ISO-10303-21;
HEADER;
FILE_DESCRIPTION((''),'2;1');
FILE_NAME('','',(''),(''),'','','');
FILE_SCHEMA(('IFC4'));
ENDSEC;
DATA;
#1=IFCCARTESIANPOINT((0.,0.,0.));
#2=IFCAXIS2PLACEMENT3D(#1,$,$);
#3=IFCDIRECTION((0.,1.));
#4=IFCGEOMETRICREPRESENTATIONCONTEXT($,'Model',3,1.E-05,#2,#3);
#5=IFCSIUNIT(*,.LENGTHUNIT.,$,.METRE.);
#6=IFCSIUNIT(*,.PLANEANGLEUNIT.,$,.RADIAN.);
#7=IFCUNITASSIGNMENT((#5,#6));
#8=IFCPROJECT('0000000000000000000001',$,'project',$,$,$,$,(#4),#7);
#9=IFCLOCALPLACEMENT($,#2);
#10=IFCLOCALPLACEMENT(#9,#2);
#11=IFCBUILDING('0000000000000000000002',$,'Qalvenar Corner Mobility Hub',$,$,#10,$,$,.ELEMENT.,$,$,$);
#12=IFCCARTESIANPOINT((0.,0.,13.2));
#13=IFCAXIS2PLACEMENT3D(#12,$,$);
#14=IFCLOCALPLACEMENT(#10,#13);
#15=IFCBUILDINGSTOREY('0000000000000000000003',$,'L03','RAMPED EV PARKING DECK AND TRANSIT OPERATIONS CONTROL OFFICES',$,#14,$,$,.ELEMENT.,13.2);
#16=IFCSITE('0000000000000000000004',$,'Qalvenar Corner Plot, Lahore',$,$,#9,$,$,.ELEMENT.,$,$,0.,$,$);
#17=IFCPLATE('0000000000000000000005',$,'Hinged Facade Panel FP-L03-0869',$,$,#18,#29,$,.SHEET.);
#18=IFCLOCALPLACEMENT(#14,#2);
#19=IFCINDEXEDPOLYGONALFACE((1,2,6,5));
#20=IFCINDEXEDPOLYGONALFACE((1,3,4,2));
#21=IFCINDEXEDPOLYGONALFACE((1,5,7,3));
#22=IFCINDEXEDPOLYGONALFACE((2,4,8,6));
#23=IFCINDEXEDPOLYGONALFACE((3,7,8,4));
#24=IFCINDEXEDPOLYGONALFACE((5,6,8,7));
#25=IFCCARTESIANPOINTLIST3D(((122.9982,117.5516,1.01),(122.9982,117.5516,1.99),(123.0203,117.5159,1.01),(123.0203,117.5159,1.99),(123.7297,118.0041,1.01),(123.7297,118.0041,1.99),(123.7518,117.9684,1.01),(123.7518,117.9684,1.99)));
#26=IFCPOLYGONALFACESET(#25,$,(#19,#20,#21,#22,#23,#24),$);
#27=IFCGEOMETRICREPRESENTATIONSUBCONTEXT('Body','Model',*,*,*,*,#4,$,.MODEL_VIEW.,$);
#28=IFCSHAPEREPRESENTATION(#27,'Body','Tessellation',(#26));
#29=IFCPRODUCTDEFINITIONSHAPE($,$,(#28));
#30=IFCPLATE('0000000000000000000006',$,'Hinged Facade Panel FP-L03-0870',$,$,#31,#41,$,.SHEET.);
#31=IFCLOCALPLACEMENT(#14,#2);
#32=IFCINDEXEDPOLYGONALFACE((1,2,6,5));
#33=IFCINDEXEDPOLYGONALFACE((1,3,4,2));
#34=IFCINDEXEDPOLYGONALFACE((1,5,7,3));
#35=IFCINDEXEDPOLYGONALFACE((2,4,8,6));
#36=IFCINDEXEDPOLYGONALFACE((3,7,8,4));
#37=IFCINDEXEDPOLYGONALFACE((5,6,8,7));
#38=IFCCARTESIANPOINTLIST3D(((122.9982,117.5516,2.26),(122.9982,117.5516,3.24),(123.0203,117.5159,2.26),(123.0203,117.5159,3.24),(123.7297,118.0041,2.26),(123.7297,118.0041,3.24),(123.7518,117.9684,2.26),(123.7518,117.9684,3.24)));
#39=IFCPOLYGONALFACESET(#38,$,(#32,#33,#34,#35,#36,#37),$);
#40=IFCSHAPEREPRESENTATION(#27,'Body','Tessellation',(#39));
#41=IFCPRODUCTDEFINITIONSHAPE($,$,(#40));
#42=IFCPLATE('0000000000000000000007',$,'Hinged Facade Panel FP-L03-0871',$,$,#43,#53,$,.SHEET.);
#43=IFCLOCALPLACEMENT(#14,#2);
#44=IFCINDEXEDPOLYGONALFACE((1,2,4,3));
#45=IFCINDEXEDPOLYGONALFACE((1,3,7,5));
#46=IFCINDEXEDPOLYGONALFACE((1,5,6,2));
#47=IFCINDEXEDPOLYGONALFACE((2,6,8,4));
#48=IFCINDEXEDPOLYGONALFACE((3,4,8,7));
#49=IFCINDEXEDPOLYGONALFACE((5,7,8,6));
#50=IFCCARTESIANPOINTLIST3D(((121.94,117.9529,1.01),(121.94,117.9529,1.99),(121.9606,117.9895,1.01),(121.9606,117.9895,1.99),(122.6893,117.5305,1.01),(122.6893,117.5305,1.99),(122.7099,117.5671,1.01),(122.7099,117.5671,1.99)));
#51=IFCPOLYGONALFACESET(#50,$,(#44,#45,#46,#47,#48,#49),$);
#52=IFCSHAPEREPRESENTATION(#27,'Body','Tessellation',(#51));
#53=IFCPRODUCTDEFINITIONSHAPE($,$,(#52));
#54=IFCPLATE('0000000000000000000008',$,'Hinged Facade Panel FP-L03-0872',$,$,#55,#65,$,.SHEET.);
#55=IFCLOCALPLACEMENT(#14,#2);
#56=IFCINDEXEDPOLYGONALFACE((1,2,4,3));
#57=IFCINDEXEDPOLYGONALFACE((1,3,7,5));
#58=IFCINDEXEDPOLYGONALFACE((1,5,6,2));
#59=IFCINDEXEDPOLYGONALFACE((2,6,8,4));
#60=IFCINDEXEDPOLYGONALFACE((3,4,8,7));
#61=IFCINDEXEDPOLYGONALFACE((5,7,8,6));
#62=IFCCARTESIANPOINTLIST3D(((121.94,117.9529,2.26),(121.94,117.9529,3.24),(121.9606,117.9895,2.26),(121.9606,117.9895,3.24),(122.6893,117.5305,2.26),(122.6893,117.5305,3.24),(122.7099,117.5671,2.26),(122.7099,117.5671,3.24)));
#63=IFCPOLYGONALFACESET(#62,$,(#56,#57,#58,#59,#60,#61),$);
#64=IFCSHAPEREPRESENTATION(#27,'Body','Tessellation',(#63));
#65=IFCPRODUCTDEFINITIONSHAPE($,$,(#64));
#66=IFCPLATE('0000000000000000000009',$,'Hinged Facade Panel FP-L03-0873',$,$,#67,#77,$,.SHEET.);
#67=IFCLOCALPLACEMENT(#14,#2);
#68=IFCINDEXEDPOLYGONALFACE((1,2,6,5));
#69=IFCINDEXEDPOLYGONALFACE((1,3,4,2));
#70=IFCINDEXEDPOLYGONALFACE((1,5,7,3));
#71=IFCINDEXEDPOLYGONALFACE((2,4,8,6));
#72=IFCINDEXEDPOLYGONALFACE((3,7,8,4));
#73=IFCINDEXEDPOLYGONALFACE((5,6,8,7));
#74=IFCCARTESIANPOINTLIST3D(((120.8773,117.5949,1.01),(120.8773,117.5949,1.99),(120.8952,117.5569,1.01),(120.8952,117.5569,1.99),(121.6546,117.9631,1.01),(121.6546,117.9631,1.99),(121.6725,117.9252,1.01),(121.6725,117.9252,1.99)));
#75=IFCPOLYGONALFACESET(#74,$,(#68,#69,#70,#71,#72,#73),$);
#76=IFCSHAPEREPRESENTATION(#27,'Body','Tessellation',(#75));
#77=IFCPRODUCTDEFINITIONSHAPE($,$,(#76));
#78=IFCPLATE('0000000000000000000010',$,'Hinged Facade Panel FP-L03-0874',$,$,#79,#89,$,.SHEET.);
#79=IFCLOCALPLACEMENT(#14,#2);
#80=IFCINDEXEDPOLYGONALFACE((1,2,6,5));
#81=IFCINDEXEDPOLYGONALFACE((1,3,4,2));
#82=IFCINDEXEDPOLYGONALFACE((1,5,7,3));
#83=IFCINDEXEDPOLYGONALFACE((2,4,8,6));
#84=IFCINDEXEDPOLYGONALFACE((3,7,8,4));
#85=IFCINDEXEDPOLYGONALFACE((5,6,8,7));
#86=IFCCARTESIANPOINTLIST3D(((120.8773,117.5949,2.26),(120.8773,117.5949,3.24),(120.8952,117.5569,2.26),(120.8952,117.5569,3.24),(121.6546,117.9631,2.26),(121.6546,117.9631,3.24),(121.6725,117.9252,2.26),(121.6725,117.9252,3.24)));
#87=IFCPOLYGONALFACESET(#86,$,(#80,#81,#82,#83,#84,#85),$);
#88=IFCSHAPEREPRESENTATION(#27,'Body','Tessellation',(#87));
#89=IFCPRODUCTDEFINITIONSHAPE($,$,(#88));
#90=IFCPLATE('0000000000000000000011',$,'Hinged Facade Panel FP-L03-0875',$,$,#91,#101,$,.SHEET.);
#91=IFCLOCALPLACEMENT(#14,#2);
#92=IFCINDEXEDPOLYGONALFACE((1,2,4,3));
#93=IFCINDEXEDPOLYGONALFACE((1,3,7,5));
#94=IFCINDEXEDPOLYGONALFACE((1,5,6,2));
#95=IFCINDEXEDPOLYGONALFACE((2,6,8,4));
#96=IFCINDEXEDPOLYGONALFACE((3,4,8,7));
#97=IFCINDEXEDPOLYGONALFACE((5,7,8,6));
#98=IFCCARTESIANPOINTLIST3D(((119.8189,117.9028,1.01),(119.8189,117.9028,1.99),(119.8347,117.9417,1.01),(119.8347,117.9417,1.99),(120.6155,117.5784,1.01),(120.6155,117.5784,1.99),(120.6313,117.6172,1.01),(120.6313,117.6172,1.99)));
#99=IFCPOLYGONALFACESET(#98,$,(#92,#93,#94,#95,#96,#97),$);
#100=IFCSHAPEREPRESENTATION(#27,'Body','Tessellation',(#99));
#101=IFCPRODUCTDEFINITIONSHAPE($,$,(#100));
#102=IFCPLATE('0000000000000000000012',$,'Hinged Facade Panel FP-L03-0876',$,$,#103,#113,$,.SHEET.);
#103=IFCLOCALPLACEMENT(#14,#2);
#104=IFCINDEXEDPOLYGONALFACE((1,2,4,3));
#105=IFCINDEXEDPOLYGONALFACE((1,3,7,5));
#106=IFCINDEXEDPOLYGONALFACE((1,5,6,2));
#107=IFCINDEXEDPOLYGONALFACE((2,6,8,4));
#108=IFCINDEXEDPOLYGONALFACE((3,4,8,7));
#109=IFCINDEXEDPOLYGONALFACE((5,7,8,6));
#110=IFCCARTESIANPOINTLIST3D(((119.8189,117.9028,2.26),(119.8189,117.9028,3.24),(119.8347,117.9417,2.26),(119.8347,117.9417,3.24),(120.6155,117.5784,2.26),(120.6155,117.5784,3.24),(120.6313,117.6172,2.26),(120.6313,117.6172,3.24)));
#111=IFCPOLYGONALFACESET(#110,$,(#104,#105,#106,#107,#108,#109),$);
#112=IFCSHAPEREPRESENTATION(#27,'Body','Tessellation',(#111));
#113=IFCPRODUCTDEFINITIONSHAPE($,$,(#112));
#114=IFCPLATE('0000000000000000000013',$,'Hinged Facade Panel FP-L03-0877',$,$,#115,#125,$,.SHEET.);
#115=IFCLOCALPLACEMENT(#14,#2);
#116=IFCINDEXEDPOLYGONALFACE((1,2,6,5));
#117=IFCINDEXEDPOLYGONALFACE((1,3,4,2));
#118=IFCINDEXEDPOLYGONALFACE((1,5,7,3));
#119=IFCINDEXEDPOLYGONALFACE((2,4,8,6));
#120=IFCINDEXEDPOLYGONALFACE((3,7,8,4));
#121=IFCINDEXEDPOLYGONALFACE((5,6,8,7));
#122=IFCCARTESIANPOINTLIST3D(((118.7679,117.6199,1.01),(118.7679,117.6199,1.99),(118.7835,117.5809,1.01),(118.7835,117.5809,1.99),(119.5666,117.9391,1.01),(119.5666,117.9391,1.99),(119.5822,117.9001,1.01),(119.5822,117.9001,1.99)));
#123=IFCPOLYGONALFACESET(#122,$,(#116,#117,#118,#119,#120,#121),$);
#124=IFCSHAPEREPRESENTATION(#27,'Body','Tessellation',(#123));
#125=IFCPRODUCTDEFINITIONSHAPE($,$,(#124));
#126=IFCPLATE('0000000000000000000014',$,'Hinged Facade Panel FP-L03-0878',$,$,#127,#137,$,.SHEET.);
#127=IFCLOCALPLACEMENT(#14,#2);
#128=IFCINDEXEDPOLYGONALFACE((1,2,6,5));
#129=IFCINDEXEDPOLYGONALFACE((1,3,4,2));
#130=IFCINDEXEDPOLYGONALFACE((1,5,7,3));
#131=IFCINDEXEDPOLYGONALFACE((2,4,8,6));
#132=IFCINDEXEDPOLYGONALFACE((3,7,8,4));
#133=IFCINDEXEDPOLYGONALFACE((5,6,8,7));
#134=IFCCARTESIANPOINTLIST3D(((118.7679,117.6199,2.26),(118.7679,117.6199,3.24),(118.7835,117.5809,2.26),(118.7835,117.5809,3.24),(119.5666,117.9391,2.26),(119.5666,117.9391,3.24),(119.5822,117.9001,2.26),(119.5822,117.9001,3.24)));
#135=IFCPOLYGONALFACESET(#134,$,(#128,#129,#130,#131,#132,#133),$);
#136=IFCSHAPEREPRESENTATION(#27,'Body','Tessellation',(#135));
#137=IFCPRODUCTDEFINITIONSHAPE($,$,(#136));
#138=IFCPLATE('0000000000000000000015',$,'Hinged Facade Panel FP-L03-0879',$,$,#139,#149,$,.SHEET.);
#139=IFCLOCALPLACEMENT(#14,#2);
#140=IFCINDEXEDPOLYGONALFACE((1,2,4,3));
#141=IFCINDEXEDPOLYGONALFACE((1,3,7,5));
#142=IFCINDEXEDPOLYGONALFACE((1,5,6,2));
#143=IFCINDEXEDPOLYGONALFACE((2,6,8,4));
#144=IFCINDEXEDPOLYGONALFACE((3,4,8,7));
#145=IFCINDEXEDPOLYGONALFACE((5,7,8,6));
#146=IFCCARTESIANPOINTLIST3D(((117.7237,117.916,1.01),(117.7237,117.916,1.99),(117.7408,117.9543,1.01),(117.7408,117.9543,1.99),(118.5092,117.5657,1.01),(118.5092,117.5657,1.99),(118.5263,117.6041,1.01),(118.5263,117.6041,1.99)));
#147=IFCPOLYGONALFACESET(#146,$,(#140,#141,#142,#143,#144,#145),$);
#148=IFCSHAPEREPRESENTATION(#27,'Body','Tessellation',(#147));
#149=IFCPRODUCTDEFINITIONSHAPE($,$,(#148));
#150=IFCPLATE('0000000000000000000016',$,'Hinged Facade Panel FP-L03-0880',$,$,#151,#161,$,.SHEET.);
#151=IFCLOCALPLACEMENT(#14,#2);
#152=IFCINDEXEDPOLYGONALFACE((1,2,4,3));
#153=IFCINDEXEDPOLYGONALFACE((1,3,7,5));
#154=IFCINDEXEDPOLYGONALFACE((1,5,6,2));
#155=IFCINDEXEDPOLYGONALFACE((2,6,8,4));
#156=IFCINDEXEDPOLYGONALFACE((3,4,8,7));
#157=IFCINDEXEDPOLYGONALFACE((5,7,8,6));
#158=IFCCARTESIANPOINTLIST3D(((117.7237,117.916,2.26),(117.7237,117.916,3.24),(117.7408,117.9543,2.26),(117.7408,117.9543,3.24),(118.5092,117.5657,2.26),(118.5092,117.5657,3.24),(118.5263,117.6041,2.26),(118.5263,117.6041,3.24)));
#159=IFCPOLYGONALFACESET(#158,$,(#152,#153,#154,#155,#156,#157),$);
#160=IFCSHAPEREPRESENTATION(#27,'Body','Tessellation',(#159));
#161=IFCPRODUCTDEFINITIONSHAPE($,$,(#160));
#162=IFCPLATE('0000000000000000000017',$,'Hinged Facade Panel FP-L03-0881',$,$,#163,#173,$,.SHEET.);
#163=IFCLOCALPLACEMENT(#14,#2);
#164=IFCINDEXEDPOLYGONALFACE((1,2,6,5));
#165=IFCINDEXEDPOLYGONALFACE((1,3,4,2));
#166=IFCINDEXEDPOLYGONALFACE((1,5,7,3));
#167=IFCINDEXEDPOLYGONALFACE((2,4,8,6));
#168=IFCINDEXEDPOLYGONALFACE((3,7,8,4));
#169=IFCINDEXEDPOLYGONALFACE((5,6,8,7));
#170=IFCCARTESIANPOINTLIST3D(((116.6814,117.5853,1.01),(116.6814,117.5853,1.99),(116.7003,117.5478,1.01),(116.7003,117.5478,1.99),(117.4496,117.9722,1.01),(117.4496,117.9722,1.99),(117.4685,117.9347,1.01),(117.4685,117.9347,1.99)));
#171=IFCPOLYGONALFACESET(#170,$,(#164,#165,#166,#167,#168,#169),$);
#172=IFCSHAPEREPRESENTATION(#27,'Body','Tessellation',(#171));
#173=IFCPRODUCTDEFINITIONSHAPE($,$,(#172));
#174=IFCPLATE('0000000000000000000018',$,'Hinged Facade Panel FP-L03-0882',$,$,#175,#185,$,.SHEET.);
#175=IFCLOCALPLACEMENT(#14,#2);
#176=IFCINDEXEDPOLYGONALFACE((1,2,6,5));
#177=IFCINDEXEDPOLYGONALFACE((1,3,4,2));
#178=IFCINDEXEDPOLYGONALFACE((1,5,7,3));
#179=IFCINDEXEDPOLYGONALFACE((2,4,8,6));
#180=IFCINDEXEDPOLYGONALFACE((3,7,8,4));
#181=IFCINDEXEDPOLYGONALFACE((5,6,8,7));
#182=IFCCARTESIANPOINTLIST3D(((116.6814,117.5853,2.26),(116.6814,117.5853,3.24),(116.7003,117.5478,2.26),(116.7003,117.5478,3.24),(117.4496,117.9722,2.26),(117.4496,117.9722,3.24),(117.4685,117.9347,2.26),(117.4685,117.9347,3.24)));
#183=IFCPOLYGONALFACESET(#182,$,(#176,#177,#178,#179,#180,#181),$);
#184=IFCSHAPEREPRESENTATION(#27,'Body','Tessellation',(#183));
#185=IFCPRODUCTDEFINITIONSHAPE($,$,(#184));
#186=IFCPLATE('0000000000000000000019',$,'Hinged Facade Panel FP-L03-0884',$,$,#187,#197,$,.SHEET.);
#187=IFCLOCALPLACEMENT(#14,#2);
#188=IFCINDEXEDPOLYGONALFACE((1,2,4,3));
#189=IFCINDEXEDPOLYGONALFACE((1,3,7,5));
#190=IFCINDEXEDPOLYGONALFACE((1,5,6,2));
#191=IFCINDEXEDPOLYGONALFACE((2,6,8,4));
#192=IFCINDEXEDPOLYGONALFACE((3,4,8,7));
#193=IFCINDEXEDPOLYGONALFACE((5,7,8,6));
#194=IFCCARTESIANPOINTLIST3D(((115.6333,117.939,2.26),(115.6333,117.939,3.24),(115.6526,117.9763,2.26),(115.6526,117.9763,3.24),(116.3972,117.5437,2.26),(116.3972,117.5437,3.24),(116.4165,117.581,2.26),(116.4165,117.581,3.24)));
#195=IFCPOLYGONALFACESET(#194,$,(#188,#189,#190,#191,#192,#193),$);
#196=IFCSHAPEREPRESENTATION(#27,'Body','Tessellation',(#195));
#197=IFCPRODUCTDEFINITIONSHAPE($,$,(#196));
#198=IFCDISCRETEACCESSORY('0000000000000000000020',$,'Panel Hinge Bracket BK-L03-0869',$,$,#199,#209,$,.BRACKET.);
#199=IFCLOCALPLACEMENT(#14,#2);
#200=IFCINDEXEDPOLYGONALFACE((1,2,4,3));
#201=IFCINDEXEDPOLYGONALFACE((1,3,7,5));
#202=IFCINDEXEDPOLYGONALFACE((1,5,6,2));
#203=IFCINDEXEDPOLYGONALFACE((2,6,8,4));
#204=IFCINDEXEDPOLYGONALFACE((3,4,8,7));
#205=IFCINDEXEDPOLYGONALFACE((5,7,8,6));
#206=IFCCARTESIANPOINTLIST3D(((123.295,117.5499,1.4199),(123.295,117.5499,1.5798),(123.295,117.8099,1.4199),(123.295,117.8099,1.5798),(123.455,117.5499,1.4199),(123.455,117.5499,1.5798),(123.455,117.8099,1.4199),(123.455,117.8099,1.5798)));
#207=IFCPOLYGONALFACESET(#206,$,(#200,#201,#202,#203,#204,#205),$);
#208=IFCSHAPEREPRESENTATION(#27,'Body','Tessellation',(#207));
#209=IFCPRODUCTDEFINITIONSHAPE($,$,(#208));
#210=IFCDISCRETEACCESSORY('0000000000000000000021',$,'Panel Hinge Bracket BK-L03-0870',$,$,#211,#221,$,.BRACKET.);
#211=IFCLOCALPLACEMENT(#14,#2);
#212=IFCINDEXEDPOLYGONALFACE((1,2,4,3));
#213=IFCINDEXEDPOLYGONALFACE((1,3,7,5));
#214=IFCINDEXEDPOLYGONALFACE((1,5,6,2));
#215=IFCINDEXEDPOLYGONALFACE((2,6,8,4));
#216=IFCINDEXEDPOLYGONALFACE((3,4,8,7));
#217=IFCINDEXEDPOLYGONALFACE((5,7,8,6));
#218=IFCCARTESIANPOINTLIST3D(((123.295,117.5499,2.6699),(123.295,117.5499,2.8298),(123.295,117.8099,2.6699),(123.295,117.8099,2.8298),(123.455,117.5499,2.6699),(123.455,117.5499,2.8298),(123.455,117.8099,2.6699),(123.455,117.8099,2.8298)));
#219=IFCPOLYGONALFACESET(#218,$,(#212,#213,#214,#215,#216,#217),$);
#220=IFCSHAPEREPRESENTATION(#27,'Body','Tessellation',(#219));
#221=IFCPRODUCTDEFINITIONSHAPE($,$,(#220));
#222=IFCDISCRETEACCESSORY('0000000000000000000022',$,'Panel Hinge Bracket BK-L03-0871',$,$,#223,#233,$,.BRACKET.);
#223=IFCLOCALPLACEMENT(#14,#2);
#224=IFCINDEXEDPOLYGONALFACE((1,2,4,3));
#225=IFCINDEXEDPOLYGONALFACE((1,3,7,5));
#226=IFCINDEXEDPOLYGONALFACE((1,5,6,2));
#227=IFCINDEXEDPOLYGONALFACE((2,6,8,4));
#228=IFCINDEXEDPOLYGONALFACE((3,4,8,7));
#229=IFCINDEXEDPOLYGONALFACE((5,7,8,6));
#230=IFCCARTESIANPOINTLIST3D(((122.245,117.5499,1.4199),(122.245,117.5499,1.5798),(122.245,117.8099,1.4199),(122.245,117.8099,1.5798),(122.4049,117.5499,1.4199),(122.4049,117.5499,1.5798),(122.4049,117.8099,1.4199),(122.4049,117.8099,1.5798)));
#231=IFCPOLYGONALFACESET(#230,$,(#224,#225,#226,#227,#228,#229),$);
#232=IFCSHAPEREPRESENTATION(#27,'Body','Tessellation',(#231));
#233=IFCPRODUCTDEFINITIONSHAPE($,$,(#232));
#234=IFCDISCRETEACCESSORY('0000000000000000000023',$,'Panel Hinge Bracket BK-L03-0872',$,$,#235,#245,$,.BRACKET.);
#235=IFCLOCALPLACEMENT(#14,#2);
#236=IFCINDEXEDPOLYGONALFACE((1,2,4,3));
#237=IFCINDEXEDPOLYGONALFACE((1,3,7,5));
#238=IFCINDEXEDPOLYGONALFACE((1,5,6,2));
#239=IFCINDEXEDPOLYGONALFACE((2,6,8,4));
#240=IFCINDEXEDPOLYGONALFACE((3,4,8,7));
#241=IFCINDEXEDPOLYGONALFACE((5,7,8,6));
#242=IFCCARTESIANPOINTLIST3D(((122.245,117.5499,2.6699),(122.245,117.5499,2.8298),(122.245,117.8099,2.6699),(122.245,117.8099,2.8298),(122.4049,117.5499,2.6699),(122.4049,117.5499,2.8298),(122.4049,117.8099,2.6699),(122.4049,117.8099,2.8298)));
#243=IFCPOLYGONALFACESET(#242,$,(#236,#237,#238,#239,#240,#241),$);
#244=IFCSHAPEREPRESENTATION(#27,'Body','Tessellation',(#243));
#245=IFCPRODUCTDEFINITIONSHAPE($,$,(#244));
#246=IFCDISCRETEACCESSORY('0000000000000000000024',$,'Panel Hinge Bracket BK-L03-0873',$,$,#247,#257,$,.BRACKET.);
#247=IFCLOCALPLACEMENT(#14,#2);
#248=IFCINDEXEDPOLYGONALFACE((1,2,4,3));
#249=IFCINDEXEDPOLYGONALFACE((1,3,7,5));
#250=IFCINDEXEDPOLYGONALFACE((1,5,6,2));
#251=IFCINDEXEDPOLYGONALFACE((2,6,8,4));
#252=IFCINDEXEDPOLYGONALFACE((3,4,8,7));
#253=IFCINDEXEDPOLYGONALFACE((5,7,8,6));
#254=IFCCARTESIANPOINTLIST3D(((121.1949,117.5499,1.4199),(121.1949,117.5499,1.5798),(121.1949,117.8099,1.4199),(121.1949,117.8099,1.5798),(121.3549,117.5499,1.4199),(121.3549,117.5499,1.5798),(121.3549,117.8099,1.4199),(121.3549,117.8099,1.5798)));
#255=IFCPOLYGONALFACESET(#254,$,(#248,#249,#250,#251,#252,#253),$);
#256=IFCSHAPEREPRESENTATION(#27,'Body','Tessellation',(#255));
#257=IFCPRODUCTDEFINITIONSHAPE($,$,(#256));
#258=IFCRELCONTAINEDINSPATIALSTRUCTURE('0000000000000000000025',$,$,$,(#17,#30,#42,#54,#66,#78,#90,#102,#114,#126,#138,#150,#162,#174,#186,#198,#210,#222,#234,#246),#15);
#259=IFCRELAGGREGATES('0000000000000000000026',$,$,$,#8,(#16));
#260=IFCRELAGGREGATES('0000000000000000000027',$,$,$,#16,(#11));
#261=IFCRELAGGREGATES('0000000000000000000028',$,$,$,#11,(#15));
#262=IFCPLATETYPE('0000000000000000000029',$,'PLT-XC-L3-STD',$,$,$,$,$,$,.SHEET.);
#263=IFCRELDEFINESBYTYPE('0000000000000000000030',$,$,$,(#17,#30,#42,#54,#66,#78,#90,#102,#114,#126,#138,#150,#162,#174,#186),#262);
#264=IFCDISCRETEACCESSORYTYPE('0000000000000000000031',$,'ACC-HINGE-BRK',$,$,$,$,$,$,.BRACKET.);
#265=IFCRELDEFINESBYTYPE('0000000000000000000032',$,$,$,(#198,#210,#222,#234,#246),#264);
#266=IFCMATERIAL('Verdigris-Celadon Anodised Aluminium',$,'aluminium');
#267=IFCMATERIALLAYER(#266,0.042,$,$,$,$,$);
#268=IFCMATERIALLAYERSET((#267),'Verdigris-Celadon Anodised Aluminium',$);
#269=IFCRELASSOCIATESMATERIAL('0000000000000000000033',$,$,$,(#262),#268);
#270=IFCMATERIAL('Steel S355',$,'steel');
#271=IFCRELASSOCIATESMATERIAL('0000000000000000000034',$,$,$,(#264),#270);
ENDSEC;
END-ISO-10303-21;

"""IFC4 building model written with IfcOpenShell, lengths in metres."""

from ifc_helpers import new_model, si_unit, direction, frame, origin, origin_2d, place, context, subcontext, project, spatial, rectangle, extrude, material, layer, layer_set, type_object, element, save


model = new_model("IFC4")

# Units and contexts
model_context = context("Model", 3, precision=1e-05, world=origin(), true_north=direction((0.0, 1.0)))
body_context = subcontext(model_context, "Body", "Model", "MODEL_VIEW")
ifc_project = project(units=[si_unit("LENGTHUNIT", "METRE"), si_unit("PLANEANGLEUNIT", "RADIAN")], contexts=[model_context])

# Site, building, storey
site_placement = place(None, origin())
site = spatial("IfcSite", under=ifc_project, at=site_placement, Name="Qalvenar Corner Plot, Lahore", CompositionType="ELEMENT", RefElevation=0.0)
building_placement = place(site_placement, origin())
building = spatial("IfcBuilding", under=site, at=building_placement, Name="Qalvenar Corner Mobility Hub", CompositionType="ELEMENT")
storey_placement = place(building_placement, frame((0.0, 0.0, 13.2)))
storey = spatial("IfcBuildingStorey", under=building, at=storey_placement, Name="L03", Description="RAMPED EV PARKING DECK AND TRANSIT OPERATIONS CONTROL OFFICES", CompositionType="ELEMENT", Elevation=13.2)

# Plates
ifc_material_1 = material(Name="Verdigris-Celadon Anodised Aluminium", Category="aluminium")
ifc_layer = layer(ifc_material_1, 0.042)
ifc_layer_set = layer_set([ifc_layer], Name="Verdigris-Celadon Anodised Aluminium")
plate_type = type_object("IfcPlateType", Name="PLT-XC-L3-STD", PredefinedType="SHEET", material=ifc_layer_set)
for number, where, z_axis, x_axis, name in (
    (1, (123.375, 117.76, 1.01), (0.0, 0.0, 1.0), (-0.850444, -0.526066, 0.0), "Hinged Facade Panel FP-L03-0869"),
    (2, (123.375, 117.76, 2.26), (0.0, 0.0, 1.0), (-0.850444, -0.526066, 0.0), "Hinged Facade Panel FP-L03-0870"),
    (3, (122.325, 117.76, 1.01), (0.0, 0.0, 1.0), (-0.871128, 0.491056, 0.0), "Hinged Facade Panel FP-L03-0871"),
    (4, (122.325, 117.76, 2.26), (0.0, 0.0, 1.0), (-0.871128, 0.491056, 0.0), "Hinged Facade Panel FP-L03-0872"),
    (5, (121.2749, 117.76, 1.01), (0.0, 0.0, 1.0), (-0.903709, -0.428147, 0.0), "Hinged Facade Panel FP-L03-0873"),
    (6, (121.2749, 117.76, 2.26), (0.0, 0.0, 1.0), (-0.903709, -0.428147, 0.0), "Hinged Facade Panel FP-L03-0874"),
    (7, (120.2251, 117.76, 1.01), (0.0, 0.0, 1.0), (-0.926134, 0.377194, 0.0), "Hinged Facade Panel FP-L03-0875"),
    (8, (120.2251, 117.76, 2.26), (0.0, 0.0, 1.0), (-0.926134, 0.377194, 0.0), "Hinged Facade Panel FP-L03-0876"),
    (9, (119.175, 117.76, 1.01), (0.0, 0.0, 1.0), (-0.928615, -0.371044, 0.0), "Hinged Facade Panel FP-L03-0877"),
    (10, (119.175, 117.76, 2.26), (0.0, 0.0, 1.0), (-0.928615, -0.371044, 0.0), "Hinged Facade Panel FP-L03-0878"),
    (11, (118.125, 117.76, 1.01), (0.0, 0.0, 1.0), (-0.913332, 0.407215, 0.0), "Hinged Facade Panel FP-L03-0879"),
    (12, (118.125, 117.76, 2.26), (0.0, 0.0, 1.0), (-0.913332, 0.407215, 0.0), "Hinged Facade Panel FP-L03-0880"),
    (13, (117.075, 117.76, 1.01), (0.0, 0.0, 1.0), (-0.893136, -0.449787, 0.0), "Hinged Facade Panel FP-L03-0881"),
    (14, (117.075, 117.76, 2.26), (0.0, 0.0, 1.0), (-0.893136, -0.449787, 0.0), "Hinged Facade Panel FP-L03-0882"),
    (15, (116.0249, 117.76, 2.26), (0.0, 0.0, 1.0), (-0.888136, 0.45958, 0.0), "Hinged Facade Panel FP-L03-0884"),
):
    element("IfcPlate", number, at=place(storey_placement, frame(where, z_axis=z_axis, x_axis=x_axis)), inside=storey, type_object=plate_type, Name=name, PredefinedType="SHEET", context=body_context, shape_type="SweptSolid", body=[
        extrude(rectangle(XDim=0.8601, YDim=0.042, at=origin_2d()), origin(), (0.0, 0.0, 1.0), 0.98),
    ])

# Discrete accessories
ifc_material_2 = material(Name="Steel S355", Category="steel")
discrete_accessory_type = type_object("IfcDiscreteAccessoryType", Name="ACC-HINGE-BRK", PredefinedType="BRACKET", material=ifc_material_2)
for number, where, z_axis, x_axis, name in (
    (16, (123.375, 117.6799, 1.4199), (0.0, 0.0, 1.0), (-1.0, 0.0, 0.0), "Panel Hinge Bracket BK-L03-0869"),
    (17, (123.375, 117.6799, 2.6699), (0.0, 0.0, 1.0), (-1.0, 0.0, 0.0), "Panel Hinge Bracket BK-L03-0870"),
    (18, (122.325, 117.6799, 1.4199), (0.0, 0.0, 1.0), (-1.0, 0.0, 0.0), "Panel Hinge Bracket BK-L03-0871"),
    (19, (122.325, 117.6799, 2.6699), (0.0, 0.0, 1.0), (-1.0, 0.0, 0.0), "Panel Hinge Bracket BK-L03-0872"),
    (20, (121.2749, 117.6799, 1.4199), (0.0, 0.0, 1.0), (-1.0, 0.0, 0.0), "Panel Hinge Bracket BK-L03-0873"),
):
    element("IfcDiscreteAccessory", number, at=place(storey_placement, frame(where, z_axis=z_axis, x_axis=x_axis)), inside=storey, type_object=discrete_accessory_type, Name=name, PredefinedType="BRACKET", context=body_context, shape_type="SweptSolid", body=[
        extrude(rectangle(XDim=0.1599, YDim=0.26, at=origin_2d()), origin(), (0.0, 0.0, 1.0), 0.1599),
    ])

save(model, "model.ifc")
